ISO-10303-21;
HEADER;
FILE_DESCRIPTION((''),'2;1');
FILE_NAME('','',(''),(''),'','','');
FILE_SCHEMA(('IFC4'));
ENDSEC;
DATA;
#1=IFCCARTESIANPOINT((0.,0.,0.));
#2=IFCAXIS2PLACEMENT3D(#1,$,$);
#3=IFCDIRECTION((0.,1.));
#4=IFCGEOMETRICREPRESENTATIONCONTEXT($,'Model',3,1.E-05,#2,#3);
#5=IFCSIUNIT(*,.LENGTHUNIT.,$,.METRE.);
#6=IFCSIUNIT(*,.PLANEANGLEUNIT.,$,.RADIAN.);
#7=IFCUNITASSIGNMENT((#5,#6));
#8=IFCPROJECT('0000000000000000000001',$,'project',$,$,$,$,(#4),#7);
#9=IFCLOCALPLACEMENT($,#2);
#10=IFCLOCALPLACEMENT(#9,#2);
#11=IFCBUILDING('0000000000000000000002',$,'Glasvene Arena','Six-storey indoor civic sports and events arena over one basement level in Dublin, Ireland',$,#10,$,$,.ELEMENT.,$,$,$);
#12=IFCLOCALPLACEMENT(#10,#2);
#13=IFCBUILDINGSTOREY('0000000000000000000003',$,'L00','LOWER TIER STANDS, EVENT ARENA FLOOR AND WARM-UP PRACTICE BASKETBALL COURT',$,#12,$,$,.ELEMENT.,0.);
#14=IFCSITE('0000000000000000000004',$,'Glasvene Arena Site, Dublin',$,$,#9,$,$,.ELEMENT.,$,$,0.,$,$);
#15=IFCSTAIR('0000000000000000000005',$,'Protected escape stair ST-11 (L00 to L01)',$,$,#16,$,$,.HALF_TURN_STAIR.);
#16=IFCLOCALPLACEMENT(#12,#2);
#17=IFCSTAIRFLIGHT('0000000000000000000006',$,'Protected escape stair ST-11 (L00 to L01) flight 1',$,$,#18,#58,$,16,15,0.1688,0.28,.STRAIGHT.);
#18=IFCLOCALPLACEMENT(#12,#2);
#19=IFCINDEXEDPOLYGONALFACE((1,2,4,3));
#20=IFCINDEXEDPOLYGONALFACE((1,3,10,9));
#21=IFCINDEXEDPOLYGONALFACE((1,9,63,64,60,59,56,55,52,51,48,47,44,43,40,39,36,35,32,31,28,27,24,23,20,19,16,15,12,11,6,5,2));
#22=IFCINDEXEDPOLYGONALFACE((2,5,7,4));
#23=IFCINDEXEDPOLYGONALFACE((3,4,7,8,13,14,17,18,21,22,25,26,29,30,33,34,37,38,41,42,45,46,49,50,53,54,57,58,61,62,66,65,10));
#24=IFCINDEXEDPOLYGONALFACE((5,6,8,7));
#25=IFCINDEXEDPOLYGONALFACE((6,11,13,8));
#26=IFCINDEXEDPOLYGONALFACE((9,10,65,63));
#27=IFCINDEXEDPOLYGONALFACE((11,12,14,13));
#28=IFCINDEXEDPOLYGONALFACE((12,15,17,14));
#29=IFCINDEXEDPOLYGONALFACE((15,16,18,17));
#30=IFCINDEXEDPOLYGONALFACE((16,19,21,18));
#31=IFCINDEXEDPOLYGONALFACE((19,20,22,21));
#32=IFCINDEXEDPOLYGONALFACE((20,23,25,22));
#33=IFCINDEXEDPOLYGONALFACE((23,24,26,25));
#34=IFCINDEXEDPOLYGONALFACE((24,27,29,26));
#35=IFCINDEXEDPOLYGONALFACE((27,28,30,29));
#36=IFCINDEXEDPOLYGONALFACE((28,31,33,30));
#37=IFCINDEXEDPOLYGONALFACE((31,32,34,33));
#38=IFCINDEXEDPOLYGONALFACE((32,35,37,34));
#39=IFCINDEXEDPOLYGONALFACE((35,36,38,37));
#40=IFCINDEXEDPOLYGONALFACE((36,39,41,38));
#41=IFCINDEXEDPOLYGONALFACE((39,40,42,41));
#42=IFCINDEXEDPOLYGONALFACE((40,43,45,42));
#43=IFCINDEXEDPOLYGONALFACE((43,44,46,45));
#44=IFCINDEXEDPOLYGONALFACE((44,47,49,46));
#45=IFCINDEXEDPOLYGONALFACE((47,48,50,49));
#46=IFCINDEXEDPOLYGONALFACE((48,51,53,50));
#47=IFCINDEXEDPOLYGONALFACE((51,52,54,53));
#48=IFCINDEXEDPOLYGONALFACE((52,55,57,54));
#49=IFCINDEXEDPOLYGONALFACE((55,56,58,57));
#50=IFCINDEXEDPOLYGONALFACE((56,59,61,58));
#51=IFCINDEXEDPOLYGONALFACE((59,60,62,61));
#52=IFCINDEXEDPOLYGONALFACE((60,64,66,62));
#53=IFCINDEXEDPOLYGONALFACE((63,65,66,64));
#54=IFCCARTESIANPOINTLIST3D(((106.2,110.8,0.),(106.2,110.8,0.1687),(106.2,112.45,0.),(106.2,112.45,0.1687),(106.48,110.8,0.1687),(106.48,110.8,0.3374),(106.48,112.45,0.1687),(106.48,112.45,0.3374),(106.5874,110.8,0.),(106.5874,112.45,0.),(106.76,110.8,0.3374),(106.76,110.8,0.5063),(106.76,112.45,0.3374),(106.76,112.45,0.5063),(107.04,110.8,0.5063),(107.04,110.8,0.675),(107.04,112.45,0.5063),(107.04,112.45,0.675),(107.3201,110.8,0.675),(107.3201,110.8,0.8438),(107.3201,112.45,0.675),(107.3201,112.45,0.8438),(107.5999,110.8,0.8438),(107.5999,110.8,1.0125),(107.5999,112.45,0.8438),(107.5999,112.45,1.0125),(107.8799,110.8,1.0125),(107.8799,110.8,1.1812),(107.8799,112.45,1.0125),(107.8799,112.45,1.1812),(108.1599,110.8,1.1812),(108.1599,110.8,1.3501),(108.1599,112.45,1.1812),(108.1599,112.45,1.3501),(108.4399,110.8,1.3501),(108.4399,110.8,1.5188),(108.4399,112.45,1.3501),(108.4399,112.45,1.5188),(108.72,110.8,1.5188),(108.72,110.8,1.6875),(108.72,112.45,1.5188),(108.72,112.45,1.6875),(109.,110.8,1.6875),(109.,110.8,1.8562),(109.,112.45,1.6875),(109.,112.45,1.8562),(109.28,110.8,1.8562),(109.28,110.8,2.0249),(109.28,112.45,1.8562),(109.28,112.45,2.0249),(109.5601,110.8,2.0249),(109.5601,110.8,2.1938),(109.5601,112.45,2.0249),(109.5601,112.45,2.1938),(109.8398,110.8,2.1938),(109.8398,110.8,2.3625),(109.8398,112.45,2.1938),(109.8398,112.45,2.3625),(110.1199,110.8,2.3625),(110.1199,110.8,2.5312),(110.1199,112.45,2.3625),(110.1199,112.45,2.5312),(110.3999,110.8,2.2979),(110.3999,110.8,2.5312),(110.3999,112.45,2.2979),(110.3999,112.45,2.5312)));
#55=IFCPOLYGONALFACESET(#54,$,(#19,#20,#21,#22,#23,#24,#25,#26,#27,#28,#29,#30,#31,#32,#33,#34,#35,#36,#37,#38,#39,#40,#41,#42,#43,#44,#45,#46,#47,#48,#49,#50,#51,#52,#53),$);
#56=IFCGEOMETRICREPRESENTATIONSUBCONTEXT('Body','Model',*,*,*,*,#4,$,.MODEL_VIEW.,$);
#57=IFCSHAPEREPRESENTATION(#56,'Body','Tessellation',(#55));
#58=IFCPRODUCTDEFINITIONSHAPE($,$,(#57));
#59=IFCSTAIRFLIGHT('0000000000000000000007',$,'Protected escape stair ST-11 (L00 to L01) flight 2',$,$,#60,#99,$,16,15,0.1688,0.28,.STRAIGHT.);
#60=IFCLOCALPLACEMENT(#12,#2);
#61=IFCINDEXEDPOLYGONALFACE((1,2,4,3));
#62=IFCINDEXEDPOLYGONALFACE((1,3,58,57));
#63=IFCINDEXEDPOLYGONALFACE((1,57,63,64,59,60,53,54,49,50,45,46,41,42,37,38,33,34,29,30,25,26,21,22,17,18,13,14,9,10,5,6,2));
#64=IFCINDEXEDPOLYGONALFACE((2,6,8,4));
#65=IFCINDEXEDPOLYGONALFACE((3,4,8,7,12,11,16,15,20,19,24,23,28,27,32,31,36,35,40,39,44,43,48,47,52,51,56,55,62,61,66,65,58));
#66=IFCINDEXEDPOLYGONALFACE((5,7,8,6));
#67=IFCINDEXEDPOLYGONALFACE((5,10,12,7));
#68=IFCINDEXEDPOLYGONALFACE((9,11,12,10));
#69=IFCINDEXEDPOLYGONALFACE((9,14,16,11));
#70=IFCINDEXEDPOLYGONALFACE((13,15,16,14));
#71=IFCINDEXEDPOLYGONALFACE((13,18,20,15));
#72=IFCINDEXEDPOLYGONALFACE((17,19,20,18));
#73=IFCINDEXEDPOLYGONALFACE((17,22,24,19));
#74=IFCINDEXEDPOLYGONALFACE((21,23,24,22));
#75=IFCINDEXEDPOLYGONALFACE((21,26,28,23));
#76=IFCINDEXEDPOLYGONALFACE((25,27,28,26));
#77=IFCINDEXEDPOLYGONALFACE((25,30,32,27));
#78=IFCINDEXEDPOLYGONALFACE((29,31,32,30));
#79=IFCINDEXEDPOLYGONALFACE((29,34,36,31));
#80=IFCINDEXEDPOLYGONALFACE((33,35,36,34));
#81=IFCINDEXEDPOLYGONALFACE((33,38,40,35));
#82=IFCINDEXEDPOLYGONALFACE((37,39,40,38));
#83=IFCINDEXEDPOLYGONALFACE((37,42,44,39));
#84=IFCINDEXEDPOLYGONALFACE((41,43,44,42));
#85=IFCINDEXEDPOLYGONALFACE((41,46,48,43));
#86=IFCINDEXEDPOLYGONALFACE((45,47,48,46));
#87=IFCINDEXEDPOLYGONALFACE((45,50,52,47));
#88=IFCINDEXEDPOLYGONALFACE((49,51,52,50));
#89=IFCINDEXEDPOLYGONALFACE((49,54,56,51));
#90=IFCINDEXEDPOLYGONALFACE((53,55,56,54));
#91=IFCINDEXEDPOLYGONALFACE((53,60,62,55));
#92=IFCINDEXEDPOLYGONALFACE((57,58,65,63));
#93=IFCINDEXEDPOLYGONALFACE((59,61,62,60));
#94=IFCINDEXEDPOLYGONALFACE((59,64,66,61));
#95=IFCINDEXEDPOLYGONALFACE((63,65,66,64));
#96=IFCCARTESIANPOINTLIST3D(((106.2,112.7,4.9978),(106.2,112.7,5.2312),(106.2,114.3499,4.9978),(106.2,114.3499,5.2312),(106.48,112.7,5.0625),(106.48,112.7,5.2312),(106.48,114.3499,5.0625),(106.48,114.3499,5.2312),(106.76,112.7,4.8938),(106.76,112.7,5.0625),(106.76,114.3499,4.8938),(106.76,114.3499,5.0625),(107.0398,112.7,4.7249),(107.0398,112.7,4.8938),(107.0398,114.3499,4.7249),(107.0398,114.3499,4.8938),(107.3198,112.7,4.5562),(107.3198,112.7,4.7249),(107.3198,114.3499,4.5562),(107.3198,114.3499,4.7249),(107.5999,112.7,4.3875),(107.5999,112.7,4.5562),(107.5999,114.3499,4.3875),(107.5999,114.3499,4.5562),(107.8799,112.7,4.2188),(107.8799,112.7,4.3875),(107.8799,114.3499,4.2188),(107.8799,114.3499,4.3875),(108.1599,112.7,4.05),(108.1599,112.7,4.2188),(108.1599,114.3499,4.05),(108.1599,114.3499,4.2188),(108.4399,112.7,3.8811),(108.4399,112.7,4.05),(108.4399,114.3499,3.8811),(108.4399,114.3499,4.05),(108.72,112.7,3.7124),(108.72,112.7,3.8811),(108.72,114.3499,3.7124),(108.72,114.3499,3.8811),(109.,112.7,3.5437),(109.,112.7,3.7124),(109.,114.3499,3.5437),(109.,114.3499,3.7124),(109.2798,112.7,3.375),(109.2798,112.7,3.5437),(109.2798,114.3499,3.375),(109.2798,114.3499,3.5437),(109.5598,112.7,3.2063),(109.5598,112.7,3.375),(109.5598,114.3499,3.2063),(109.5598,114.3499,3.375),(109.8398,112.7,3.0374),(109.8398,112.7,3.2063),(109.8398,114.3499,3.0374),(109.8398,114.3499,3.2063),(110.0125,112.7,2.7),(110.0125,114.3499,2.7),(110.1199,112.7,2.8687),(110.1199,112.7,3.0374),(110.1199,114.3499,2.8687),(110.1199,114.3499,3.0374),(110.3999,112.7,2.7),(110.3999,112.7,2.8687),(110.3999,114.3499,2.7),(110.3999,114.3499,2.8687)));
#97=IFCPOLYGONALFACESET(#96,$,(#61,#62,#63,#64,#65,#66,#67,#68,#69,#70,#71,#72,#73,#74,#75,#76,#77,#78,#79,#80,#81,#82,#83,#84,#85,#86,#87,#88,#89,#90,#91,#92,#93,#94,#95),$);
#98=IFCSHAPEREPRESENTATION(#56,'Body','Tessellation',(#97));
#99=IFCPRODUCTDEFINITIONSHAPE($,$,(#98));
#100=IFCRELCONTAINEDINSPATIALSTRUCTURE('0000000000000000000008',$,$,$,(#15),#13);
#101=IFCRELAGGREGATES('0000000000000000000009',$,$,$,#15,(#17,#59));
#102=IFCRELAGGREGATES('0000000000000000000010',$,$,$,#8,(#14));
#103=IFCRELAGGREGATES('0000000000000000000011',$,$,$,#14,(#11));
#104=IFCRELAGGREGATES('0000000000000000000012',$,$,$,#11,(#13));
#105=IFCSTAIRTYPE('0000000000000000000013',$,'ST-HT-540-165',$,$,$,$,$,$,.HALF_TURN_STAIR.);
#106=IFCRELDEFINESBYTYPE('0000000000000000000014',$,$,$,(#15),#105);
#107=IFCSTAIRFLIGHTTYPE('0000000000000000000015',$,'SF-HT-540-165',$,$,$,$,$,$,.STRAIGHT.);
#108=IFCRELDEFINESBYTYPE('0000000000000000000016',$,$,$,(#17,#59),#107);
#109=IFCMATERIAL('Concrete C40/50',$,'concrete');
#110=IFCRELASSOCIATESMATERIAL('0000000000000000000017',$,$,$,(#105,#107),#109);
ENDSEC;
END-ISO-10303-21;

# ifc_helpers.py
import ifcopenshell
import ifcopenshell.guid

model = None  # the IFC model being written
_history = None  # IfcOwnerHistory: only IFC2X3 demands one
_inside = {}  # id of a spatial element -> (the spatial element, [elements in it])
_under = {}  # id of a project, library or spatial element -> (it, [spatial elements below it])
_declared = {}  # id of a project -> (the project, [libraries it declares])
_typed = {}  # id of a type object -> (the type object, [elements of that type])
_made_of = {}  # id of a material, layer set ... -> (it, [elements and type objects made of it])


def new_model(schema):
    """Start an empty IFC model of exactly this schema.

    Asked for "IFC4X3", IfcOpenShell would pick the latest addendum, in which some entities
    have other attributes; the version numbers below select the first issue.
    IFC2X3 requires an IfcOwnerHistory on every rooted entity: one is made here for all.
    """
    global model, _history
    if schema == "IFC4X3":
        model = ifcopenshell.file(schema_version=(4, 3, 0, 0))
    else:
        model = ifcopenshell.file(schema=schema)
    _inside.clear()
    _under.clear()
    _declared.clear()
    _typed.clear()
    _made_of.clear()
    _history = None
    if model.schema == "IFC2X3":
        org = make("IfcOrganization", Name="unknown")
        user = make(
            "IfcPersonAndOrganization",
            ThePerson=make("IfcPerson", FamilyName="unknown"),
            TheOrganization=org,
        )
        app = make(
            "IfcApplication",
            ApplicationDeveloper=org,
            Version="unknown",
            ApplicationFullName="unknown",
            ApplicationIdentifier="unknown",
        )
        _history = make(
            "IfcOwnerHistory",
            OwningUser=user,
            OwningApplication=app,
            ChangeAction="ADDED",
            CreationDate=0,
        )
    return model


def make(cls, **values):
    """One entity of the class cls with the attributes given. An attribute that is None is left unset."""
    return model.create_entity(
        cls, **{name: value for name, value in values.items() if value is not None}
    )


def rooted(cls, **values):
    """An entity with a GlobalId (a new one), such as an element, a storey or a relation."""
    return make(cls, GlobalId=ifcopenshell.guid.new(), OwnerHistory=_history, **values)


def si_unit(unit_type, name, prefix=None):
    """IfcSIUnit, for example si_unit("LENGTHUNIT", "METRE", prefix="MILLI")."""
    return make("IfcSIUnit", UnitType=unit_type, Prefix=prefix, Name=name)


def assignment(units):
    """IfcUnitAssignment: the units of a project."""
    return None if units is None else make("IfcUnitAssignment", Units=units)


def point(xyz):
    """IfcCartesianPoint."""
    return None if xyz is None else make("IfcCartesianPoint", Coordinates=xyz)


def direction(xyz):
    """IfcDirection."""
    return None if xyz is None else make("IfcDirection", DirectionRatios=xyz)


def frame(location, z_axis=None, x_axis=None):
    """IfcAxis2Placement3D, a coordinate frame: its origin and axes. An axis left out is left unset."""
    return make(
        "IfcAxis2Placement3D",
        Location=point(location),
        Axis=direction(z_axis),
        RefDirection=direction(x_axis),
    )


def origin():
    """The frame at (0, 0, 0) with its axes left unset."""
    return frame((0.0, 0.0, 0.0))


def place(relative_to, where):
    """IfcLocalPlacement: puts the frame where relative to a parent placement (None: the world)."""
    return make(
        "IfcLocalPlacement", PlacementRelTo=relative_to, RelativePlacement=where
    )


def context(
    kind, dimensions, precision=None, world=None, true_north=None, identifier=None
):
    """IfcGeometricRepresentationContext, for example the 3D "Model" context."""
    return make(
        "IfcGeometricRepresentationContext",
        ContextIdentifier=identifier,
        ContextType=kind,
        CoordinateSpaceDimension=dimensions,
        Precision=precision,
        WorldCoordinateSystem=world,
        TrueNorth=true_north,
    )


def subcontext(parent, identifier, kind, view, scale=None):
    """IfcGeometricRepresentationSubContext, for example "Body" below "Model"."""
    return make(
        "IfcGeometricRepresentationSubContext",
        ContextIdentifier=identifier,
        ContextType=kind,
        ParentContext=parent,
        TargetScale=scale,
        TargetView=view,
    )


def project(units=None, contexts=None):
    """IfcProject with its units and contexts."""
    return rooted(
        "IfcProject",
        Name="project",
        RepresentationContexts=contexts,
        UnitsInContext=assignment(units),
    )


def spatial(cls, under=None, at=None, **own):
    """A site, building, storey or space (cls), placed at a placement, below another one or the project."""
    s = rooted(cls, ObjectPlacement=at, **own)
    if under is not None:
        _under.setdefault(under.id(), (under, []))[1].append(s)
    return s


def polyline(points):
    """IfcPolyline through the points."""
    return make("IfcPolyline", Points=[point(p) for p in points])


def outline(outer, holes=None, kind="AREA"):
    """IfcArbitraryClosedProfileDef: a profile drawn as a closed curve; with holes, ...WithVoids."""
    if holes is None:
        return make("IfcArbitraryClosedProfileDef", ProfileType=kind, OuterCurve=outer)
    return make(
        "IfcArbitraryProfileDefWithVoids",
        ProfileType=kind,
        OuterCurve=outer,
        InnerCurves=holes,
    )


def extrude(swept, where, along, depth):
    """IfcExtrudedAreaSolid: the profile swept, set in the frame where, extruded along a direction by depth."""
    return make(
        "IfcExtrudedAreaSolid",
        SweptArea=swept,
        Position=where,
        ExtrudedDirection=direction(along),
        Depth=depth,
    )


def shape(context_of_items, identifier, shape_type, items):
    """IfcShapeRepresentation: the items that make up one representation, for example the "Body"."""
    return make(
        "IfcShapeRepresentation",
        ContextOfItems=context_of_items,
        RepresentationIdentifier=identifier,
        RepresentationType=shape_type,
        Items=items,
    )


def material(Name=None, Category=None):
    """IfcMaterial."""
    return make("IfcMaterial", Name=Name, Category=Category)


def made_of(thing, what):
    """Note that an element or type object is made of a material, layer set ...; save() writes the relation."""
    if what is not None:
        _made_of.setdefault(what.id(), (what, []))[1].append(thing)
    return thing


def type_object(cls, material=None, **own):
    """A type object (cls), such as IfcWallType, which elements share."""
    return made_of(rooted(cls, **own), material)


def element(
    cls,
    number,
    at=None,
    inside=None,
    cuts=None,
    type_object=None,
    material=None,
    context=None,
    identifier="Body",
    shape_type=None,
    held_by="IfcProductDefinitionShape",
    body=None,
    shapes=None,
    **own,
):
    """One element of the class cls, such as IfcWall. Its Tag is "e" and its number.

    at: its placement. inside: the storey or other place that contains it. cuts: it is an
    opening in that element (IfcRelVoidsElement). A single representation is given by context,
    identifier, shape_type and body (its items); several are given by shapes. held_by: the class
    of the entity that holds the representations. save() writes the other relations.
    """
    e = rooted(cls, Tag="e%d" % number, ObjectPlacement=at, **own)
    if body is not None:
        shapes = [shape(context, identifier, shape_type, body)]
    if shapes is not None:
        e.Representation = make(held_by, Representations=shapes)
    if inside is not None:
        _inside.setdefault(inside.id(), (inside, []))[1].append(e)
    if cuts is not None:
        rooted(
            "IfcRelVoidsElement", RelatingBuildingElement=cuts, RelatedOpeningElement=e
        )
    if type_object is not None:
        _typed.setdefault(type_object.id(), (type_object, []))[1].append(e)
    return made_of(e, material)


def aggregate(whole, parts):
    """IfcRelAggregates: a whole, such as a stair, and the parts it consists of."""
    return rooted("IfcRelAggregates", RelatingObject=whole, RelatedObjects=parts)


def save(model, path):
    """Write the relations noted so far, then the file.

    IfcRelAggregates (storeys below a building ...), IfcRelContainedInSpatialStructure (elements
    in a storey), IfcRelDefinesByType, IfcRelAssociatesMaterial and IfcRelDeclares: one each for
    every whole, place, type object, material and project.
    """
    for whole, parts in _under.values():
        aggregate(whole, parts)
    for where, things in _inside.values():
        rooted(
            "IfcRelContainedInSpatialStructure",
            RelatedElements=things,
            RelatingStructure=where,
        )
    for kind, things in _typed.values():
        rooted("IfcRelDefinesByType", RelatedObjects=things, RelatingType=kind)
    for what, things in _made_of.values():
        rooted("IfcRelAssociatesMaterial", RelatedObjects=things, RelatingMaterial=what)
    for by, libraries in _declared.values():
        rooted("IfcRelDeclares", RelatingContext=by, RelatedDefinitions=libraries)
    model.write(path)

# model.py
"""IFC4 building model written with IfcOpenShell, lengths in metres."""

from ifc_helpers import new_model, si_unit, direction, frame, origin, place, context, subcontext, project, spatial, polyline, outline, extrude, material, type_object, element, aggregate, save


model = new_model("IFC4")

# Units and contexts
model_context = context("Model", 3, precision=1e-05, world=origin(), true_north=direction((0.0, 1.0)))
body_context = subcontext(model_context, "Body", "Model", "MODEL_VIEW")
ifc_project = project(units=[si_unit("LENGTHUNIT", "METRE"), si_unit("PLANEANGLEUNIT", "RADIAN")], contexts=[model_context])

# Site, building, storey
site_placement = place(None, origin())
site = spatial("IfcSite", under=ifc_project, at=site_placement, Name="Glasvene Arena Site, Dublin", CompositionType="ELEMENT", RefElevation=0.0)
building_placement = place(site_placement, origin())
building = spatial("IfcBuilding", under=site, at=building_placement, Name="Glasvene Arena", Description="Six-storey indoor civic sports and events arena over one basement level in Dublin, Ireland", CompositionType="ELEMENT")
storey_placement = place(building_placement, origin())
storey = spatial("IfcBuildingStorey", under=building, at=storey_placement, Name="L00", Description="LOWER TIER STANDS, EVENT ARENA FLOOR AND WARM-UP PRACTICE BASKETBALL COURT", CompositionType="ELEMENT", Elevation=0.0)

# Shared definitions
ifc_material_1 = material(Name="Concrete C40/50", Category="concrete")

# Stair
stair_type = type_object("IfcStairType", Name="ST-HT-540-165", PredefinedType="HALF_TURN_STAIR", material=ifc_material_1)
stair_placement = place(storey_placement, origin())
stair = element("IfcStair", 1, at=stair_placement, inside=storey, type_object=stair_type, Name="Protected escape stair ST-11 (L00 to L01)", PredefinedType="HALF_TURN_STAIR")

# Stair flights
stair_flight_type = type_object("IfcStairFlightType", Name="SF-HT-540-165", PredefinedType="STRAIGHT", material=ifc_material_1)
stair_flight_1_placement = place(storey_placement, frame((106.2, 111.625, 0.0), z_axis=(0.0, 0.0, 1.0), x_axis=(1.0, 0.0, 0.0)))
stair_flight_1 = element("IfcStairFlight", 2, at=stair_flight_1_placement, type_object=stair_flight_type, Name="Protected escape stair ST-11 (L00 to L01) flight 1", NumberOfRisers=16, NumberOfTreads=15, PredefinedType="STRAIGHT", RiserHeight=0.1688, TreadLength=0.28, context=body_context, shape_type="SweptSolid", body=[
    extrude(outline(polyline([(0.0, 0.0), (0.0, 0.1687), (0.28, 0.1687), (0.28, 0.3374), (0.5601, 0.3374), (0.5601, 0.5063), (0.8401, 0.5063), (0.8401, 0.675), (1.1201, 0.675), (1.1201, 0.8438), (1.3999, 0.8438), (1.3999, 1.0125), (1.6799, 1.0125), (1.6799, 1.1812), (1.96, 1.1812), (1.96, 1.3501), (2.24, 1.3501), (2.24, 1.5188), (2.52, 1.5188), (2.52, 1.6875), (2.8, 1.6875), (2.8, 1.8562), (3.0801, 1.8562), (3.0801, 2.0249), (3.3601, 2.0249), (3.3601, 2.1938), (3.6399, 2.1938), (3.6399, 2.3625), (3.9199, 2.3625), (3.9199, 2.5312), (4.2, 2.5312), (4.2, 2.7), (4.2, 2.2979), (0.3875, 0.0), (0.0, 0.0)])), frame((0.0, 0.825, 0.0), z_axis=(0.0, -1.0, 0.0), x_axis=(1.0, 0.0, 0.0)), (0.0, 0.0, 1.0), 1.6499),
])
stair_flight_2_placement = place(storey_placement, frame((110.3999, 113.5249, 2.7), z_axis=(0.0, 0.0, 1.0), x_axis=(-1.0, 0.0, 0.0)))
stair_flight_2 = element("IfcStairFlight", 3, at=stair_flight_2_placement, type_object=stair_flight_type, Name="Protected escape stair ST-11 (L00 to L01) flight 2", NumberOfRisers=16, NumberOfTreads=15, PredefinedType="STRAIGHT", RiserHeight=0.1688, TreadLength=0.28, context=body_context, shape_type="SweptSolid", body=[
    extrude(outline(polyline([(0.0, 0.0), (0.0, 0.1687), (0.28, 0.1687), (0.28, 0.3374), (0.5601, 0.3374), (0.5601, 0.5063), (0.8401, 0.5063), (0.8401, 0.675), (1.1201, 0.675), (1.1201, 0.8438), (1.3999, 0.8438), (1.3999, 1.0125), (1.6799, 1.0125), (1.6799, 1.1812), (1.96, 1.1812), (1.96, 1.3501), (2.24, 1.3501), (2.24, 1.5188), (2.52, 1.5188), (2.52, 1.6875), (2.8, 1.6875), (2.8, 1.8562), (3.0801, 1.8562), (3.0801, 2.0249), (3.3601, 2.0249), (3.3601, 2.1938), (3.6399, 2.1938), (3.6399, 2.3625), (3.9199, 2.3625), (3.9199, 2.5312), (4.2, 2.5312), (4.2, 2.7), (4.2, 2.2979), (0.3875, 0.0), (0.0, 0.0)])), frame((0.0, 0.825, 0.0), z_axis=(0.0, -1.0, 0.0), x_axis=(1.0, 0.0, 0.0)), (0.0, 0.0, 1.0), 1.6499),
])
aggregate(stair, [stair_flight_1, stair_flight_2])

save(model, "model.ifc")
